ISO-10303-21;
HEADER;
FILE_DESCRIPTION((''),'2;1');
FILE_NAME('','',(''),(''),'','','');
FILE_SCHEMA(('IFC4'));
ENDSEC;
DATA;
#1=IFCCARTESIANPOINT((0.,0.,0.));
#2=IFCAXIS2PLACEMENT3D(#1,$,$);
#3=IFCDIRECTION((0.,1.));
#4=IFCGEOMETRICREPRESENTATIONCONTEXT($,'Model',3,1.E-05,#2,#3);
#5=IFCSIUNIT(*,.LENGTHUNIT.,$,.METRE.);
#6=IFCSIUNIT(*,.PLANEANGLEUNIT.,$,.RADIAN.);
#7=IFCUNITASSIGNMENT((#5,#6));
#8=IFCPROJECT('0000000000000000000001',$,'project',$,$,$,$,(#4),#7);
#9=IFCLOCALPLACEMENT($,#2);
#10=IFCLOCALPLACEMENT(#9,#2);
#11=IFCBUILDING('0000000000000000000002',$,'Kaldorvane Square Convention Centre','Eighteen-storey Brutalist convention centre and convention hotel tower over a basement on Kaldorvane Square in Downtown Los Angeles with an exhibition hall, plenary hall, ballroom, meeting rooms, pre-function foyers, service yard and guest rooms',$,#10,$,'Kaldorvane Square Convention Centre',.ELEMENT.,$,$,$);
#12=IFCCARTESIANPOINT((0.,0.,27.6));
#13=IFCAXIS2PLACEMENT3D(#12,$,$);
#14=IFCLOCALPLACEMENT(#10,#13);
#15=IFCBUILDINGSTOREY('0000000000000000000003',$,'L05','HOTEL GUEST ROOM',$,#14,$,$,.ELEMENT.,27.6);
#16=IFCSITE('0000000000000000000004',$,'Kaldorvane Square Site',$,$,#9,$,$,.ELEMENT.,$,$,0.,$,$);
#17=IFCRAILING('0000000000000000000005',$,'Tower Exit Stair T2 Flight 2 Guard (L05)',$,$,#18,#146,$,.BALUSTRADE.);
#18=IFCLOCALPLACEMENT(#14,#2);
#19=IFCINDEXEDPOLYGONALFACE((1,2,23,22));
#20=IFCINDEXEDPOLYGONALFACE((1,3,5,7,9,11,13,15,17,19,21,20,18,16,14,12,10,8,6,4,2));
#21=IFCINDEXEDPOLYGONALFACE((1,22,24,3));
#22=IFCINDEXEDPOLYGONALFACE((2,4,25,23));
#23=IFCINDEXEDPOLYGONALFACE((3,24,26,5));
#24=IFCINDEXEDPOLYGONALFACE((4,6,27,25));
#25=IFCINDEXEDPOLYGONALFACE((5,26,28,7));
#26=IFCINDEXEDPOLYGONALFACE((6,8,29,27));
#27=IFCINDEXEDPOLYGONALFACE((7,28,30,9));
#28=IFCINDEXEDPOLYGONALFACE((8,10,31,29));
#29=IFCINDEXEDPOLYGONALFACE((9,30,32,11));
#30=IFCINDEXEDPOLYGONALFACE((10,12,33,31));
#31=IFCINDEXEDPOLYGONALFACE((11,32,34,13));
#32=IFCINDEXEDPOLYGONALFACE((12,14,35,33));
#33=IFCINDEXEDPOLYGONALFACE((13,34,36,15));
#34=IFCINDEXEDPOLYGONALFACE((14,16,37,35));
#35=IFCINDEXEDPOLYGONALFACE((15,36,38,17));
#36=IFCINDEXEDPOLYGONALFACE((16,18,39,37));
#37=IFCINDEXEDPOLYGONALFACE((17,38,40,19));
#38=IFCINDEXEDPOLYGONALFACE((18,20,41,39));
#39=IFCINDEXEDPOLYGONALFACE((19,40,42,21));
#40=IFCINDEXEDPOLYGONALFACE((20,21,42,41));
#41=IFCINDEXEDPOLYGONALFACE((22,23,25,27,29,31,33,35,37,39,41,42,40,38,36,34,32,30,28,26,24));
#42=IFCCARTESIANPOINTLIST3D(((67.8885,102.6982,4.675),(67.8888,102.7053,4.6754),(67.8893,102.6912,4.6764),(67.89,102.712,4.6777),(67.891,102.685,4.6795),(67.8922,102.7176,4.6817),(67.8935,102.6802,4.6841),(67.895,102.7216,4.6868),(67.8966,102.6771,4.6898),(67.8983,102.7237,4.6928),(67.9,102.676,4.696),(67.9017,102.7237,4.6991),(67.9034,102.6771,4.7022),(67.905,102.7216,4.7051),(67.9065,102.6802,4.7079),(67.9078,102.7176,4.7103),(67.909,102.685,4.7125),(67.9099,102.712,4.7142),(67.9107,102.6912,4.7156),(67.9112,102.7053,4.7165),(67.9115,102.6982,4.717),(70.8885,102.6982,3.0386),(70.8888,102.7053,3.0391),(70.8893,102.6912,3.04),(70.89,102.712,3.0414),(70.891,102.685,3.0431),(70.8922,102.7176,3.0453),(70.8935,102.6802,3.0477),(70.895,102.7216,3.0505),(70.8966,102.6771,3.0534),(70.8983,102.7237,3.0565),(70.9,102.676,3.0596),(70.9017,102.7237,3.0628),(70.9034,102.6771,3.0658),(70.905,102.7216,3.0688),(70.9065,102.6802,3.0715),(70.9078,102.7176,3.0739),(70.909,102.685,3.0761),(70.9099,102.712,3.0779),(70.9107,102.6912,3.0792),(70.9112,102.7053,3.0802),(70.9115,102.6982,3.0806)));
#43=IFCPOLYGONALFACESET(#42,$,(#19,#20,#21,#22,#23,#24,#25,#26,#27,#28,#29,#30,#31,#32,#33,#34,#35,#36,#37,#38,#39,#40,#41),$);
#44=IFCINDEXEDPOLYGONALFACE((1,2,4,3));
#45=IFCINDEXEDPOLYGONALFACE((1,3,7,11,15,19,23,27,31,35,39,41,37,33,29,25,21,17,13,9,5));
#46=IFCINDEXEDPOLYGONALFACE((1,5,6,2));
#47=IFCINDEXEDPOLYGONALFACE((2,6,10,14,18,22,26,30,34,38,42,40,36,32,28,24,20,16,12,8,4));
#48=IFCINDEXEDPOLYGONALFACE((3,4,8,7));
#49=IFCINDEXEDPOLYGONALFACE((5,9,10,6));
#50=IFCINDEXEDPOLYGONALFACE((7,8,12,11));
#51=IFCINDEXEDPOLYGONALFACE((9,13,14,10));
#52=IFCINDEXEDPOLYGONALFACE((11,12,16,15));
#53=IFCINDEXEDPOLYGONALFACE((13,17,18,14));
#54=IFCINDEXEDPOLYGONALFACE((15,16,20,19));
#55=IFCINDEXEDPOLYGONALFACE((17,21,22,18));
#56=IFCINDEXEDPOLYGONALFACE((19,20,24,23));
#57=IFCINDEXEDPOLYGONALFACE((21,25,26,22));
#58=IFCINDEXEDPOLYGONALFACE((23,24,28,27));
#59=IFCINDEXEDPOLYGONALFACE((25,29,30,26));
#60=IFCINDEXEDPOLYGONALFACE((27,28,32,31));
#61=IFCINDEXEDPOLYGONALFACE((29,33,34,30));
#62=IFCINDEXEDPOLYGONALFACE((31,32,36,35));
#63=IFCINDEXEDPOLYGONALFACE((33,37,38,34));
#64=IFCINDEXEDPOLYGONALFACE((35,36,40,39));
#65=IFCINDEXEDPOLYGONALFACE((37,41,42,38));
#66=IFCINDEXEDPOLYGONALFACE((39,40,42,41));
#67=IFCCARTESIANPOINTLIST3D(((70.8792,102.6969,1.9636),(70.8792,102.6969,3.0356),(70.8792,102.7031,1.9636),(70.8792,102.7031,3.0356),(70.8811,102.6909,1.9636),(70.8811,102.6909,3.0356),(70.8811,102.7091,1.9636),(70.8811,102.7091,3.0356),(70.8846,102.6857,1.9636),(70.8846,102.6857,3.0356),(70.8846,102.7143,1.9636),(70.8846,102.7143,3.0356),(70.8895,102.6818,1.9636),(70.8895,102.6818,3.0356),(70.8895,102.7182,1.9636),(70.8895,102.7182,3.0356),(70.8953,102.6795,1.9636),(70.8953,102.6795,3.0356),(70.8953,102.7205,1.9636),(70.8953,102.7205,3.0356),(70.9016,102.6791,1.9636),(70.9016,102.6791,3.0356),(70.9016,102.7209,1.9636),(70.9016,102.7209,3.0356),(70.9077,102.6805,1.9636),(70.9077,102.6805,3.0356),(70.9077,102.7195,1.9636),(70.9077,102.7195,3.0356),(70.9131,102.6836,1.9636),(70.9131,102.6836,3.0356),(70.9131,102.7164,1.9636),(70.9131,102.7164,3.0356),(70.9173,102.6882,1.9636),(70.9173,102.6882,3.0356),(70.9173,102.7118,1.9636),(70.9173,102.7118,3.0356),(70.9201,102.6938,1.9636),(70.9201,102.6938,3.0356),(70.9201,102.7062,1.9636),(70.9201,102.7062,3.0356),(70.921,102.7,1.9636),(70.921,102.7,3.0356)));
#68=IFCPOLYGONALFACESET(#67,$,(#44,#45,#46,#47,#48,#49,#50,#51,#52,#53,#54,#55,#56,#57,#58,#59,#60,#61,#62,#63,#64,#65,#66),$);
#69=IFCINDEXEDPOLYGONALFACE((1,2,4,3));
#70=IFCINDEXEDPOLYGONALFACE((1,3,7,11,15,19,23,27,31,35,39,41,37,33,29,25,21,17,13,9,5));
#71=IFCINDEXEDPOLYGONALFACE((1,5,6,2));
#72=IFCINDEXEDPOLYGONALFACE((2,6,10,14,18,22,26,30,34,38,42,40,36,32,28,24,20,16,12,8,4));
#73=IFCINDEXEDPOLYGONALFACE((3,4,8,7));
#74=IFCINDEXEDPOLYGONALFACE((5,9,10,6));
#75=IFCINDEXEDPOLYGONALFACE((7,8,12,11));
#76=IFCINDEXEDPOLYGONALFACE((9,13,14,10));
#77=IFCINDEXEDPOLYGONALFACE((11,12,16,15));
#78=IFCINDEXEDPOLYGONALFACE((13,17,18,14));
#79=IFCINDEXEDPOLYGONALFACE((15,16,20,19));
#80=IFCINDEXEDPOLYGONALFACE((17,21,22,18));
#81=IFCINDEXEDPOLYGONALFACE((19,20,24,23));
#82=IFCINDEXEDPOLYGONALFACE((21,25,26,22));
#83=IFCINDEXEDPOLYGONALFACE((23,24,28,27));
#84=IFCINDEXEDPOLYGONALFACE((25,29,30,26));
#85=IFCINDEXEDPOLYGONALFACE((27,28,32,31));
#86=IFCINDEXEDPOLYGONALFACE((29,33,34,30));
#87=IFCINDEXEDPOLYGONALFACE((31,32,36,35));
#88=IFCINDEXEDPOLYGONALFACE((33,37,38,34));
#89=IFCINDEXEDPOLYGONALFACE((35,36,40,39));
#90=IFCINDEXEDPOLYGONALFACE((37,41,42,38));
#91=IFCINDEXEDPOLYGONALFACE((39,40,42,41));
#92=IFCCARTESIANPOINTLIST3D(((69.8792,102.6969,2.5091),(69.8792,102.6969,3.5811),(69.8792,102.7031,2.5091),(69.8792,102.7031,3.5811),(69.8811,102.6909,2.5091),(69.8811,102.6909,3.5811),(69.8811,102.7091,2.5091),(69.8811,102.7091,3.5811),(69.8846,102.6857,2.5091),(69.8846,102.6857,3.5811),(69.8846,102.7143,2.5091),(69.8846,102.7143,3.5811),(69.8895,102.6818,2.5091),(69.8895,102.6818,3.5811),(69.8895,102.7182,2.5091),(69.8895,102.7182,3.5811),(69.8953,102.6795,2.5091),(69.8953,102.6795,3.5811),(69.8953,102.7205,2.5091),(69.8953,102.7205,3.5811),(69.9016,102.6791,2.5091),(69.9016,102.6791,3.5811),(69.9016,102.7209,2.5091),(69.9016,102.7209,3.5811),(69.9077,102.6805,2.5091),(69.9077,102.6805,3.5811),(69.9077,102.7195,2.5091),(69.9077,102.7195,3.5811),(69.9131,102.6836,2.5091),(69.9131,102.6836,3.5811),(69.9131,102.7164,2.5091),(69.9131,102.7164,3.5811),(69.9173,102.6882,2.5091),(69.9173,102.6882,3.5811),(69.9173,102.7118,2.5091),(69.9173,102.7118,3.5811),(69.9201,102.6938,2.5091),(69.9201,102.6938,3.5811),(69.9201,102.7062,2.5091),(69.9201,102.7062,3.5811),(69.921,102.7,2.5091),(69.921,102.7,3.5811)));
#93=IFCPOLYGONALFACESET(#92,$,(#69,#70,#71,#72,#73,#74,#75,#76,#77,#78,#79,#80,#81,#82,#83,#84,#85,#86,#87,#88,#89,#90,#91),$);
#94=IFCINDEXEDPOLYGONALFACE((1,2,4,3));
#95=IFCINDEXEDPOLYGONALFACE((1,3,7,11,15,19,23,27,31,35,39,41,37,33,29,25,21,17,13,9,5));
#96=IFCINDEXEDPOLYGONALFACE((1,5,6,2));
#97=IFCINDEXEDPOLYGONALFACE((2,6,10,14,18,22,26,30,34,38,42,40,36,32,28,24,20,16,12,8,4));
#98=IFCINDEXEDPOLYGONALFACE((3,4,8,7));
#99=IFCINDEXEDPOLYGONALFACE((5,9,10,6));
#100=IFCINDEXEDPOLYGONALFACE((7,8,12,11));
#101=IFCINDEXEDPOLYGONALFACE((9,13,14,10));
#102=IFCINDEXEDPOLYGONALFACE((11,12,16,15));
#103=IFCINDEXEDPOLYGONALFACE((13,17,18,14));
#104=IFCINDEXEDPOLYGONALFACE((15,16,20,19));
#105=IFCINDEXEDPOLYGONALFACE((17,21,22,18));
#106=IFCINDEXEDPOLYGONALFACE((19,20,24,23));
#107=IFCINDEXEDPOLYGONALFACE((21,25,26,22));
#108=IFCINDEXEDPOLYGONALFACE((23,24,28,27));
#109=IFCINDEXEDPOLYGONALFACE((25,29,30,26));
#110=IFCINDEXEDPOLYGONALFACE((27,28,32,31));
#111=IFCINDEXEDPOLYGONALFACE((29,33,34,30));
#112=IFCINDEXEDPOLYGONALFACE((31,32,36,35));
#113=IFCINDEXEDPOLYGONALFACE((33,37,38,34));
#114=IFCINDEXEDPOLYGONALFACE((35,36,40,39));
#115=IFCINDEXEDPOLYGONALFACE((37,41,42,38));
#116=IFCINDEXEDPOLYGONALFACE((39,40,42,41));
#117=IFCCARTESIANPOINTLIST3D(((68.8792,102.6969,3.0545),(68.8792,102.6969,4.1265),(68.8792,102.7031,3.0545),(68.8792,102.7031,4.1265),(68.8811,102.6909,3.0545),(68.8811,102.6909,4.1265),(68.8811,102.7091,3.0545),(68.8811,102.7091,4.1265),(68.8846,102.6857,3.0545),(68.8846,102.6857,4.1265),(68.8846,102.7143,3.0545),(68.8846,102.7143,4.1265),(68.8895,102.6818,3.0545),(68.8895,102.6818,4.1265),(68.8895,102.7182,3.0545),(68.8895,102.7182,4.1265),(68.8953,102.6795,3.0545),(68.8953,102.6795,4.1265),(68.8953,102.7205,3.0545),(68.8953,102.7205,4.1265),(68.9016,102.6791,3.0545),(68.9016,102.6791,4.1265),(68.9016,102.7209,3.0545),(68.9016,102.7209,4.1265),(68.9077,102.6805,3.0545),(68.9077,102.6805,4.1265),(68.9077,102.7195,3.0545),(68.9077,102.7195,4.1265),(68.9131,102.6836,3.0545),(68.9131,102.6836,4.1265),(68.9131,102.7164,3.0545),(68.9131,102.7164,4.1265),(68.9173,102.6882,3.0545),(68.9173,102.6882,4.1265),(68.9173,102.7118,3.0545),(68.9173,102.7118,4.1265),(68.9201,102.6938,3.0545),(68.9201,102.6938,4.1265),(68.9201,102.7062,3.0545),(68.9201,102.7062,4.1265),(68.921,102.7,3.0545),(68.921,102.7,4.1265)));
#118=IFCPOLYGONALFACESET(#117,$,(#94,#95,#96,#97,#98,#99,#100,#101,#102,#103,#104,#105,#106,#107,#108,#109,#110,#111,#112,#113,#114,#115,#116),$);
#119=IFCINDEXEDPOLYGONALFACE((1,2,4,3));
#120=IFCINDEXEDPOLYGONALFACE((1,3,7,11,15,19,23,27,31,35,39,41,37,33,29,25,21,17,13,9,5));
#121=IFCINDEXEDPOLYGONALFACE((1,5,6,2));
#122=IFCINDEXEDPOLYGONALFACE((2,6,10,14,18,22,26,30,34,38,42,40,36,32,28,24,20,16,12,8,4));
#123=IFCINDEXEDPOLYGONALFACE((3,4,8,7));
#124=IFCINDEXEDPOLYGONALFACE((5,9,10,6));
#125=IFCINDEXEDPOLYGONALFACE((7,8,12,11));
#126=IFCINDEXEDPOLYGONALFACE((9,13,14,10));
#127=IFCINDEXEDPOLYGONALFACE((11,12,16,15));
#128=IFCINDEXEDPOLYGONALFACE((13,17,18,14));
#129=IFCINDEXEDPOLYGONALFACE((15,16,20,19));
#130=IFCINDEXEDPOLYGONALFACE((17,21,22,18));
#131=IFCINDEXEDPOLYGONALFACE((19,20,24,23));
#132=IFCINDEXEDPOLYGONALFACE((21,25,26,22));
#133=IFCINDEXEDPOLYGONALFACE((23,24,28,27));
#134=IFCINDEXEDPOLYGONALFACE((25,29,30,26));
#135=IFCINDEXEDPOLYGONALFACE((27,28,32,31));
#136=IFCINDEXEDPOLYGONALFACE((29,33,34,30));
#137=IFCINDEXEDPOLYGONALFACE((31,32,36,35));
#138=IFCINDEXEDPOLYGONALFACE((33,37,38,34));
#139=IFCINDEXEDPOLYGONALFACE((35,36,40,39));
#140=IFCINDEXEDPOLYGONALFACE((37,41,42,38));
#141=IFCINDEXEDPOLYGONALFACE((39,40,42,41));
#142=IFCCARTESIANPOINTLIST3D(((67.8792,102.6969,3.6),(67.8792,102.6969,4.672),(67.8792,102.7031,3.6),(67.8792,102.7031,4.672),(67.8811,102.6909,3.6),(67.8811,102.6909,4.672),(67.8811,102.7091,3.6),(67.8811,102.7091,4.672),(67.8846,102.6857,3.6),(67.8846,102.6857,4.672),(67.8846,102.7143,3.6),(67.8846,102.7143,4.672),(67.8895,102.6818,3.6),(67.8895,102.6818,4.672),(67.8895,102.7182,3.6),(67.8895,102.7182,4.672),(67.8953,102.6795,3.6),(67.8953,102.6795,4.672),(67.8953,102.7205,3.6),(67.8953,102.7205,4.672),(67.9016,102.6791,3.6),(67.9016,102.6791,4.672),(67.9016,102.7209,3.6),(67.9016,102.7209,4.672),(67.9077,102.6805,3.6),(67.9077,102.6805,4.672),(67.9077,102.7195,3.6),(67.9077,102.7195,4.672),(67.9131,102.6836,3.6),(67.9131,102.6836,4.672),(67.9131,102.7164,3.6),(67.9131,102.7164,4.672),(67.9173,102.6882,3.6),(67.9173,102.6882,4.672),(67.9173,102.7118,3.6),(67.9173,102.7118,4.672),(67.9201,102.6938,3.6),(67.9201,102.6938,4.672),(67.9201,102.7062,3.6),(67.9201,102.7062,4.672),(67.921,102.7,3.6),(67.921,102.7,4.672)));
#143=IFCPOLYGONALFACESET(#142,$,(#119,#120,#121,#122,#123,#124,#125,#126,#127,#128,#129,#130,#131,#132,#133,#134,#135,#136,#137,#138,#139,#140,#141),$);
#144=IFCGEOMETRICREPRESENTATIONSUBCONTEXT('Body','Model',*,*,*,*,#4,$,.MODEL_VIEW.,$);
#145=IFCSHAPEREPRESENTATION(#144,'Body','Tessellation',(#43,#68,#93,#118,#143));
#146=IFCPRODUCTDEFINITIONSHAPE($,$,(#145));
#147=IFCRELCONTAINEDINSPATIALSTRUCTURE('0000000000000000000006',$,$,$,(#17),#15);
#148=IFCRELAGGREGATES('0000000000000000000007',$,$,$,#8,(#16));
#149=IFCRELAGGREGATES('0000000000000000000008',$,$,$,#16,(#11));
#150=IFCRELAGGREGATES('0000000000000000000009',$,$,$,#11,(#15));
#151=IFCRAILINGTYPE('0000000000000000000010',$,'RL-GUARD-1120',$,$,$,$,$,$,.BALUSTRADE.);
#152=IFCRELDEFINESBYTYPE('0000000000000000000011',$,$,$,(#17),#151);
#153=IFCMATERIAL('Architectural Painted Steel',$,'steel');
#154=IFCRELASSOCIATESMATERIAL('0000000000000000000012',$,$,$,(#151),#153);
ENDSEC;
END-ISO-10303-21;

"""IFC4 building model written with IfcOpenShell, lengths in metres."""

from ifc_helpers import new_model, si_unit, direction, frame, origin, origin_2d, place, context, subcontext, project, spatial, circle, extrude, material, type_object, element, save


model = new_model("IFC4")

# Units and contexts
model_context = context("Model", 3, precision=1e-05, world=origin(), true_north=direction((0.0, 1.0)))
body_context = subcontext(model_context, "Body", "Model", "MODEL_VIEW")
ifc_project = project(units=[si_unit("LENGTHUNIT", "METRE"), si_unit("PLANEANGLEUNIT", "RADIAN")], contexts=[model_context])

# Site, building, storey
site_placement = place(None, origin())
site = spatial("IfcSite", under=ifc_project, at=site_placement, Name="Kaldorvane Square Site", CompositionType="ELEMENT", RefElevation=0.0)
building_placement = place(site_placement, origin())
building = spatial("IfcBuilding", under=site, at=building_placement, Name="Kaldorvane Square Convention Centre", Description="Eighteen-storey Brutalist convention centre and convention hotel tower over a basement on Kaldorvane Square in Downtown Los Angeles with an exhibition hall, plenary hall, ballroom, meeting rooms, pre-function foyers, service yard and guest rooms", LongName="Kaldorvane Square Convention Centre", CompositionType="ELEMENT")
storey_placement = place(building_placement, frame((0.0, 0.0, 27.6)))
storey = spatial("IfcBuildingStorey", under=building, at=storey_placement, Name="L05", Description="HOTEL GUEST ROOM", CompositionType="ELEMENT", Elevation=27.6)

# Railing
ifc_material_1 = material(Name="Architectural Painted Steel", Category="steel")
railing_type_1 = type_object("IfcRailingType", Name="RL-GUARD-1120", PredefinedType="BALUSTRADE", material=ifc_material_1)
railing_1_placement = place(storey_placement, frame((70.9, 102.7, 1.9636)))
element("IfcRailing", 1, at=railing_1_placement, inside=storey, type_object=railing_type_1, Name="Tower Exit Stair T2 Flight 2 Guard (L05)", PredefinedType="BALUSTRADE", context=body_context, shape_type="SweptSolid", body=[
    extrude(circle(Radius=0.024, at=origin_2d()), frame((0.0, 0.0, 1.096), z_axis=(-0.877895, 0.0, 0.478853), x_axis=(0.0, -1.0, 0.0)), (0.0, 0.0, 1.0), 3.4173),
    extrude(circle(Radius=0.021, at=origin_2d()), origin(), (0.0, 0.0, 1.0), 1.072),
    extrude(circle(Radius=0.021, at=origin_2d()), frame((-1.0, 0.0, 0.5455)), (0.0, 0.0, 1.0), 1.072),
    extrude(circle(Radius=0.021, at=origin_2d()), frame((-2.0, 0.0, 1.0909)), (0.0, 0.0, 1.0), 1.072),
    extrude(circle(Radius=0.021, at=origin_2d()), frame((-3.0, 0.0, 1.6364)), (0.0, 0.0, 1.0), 1.072),
])

save(model, "model.ifc")
